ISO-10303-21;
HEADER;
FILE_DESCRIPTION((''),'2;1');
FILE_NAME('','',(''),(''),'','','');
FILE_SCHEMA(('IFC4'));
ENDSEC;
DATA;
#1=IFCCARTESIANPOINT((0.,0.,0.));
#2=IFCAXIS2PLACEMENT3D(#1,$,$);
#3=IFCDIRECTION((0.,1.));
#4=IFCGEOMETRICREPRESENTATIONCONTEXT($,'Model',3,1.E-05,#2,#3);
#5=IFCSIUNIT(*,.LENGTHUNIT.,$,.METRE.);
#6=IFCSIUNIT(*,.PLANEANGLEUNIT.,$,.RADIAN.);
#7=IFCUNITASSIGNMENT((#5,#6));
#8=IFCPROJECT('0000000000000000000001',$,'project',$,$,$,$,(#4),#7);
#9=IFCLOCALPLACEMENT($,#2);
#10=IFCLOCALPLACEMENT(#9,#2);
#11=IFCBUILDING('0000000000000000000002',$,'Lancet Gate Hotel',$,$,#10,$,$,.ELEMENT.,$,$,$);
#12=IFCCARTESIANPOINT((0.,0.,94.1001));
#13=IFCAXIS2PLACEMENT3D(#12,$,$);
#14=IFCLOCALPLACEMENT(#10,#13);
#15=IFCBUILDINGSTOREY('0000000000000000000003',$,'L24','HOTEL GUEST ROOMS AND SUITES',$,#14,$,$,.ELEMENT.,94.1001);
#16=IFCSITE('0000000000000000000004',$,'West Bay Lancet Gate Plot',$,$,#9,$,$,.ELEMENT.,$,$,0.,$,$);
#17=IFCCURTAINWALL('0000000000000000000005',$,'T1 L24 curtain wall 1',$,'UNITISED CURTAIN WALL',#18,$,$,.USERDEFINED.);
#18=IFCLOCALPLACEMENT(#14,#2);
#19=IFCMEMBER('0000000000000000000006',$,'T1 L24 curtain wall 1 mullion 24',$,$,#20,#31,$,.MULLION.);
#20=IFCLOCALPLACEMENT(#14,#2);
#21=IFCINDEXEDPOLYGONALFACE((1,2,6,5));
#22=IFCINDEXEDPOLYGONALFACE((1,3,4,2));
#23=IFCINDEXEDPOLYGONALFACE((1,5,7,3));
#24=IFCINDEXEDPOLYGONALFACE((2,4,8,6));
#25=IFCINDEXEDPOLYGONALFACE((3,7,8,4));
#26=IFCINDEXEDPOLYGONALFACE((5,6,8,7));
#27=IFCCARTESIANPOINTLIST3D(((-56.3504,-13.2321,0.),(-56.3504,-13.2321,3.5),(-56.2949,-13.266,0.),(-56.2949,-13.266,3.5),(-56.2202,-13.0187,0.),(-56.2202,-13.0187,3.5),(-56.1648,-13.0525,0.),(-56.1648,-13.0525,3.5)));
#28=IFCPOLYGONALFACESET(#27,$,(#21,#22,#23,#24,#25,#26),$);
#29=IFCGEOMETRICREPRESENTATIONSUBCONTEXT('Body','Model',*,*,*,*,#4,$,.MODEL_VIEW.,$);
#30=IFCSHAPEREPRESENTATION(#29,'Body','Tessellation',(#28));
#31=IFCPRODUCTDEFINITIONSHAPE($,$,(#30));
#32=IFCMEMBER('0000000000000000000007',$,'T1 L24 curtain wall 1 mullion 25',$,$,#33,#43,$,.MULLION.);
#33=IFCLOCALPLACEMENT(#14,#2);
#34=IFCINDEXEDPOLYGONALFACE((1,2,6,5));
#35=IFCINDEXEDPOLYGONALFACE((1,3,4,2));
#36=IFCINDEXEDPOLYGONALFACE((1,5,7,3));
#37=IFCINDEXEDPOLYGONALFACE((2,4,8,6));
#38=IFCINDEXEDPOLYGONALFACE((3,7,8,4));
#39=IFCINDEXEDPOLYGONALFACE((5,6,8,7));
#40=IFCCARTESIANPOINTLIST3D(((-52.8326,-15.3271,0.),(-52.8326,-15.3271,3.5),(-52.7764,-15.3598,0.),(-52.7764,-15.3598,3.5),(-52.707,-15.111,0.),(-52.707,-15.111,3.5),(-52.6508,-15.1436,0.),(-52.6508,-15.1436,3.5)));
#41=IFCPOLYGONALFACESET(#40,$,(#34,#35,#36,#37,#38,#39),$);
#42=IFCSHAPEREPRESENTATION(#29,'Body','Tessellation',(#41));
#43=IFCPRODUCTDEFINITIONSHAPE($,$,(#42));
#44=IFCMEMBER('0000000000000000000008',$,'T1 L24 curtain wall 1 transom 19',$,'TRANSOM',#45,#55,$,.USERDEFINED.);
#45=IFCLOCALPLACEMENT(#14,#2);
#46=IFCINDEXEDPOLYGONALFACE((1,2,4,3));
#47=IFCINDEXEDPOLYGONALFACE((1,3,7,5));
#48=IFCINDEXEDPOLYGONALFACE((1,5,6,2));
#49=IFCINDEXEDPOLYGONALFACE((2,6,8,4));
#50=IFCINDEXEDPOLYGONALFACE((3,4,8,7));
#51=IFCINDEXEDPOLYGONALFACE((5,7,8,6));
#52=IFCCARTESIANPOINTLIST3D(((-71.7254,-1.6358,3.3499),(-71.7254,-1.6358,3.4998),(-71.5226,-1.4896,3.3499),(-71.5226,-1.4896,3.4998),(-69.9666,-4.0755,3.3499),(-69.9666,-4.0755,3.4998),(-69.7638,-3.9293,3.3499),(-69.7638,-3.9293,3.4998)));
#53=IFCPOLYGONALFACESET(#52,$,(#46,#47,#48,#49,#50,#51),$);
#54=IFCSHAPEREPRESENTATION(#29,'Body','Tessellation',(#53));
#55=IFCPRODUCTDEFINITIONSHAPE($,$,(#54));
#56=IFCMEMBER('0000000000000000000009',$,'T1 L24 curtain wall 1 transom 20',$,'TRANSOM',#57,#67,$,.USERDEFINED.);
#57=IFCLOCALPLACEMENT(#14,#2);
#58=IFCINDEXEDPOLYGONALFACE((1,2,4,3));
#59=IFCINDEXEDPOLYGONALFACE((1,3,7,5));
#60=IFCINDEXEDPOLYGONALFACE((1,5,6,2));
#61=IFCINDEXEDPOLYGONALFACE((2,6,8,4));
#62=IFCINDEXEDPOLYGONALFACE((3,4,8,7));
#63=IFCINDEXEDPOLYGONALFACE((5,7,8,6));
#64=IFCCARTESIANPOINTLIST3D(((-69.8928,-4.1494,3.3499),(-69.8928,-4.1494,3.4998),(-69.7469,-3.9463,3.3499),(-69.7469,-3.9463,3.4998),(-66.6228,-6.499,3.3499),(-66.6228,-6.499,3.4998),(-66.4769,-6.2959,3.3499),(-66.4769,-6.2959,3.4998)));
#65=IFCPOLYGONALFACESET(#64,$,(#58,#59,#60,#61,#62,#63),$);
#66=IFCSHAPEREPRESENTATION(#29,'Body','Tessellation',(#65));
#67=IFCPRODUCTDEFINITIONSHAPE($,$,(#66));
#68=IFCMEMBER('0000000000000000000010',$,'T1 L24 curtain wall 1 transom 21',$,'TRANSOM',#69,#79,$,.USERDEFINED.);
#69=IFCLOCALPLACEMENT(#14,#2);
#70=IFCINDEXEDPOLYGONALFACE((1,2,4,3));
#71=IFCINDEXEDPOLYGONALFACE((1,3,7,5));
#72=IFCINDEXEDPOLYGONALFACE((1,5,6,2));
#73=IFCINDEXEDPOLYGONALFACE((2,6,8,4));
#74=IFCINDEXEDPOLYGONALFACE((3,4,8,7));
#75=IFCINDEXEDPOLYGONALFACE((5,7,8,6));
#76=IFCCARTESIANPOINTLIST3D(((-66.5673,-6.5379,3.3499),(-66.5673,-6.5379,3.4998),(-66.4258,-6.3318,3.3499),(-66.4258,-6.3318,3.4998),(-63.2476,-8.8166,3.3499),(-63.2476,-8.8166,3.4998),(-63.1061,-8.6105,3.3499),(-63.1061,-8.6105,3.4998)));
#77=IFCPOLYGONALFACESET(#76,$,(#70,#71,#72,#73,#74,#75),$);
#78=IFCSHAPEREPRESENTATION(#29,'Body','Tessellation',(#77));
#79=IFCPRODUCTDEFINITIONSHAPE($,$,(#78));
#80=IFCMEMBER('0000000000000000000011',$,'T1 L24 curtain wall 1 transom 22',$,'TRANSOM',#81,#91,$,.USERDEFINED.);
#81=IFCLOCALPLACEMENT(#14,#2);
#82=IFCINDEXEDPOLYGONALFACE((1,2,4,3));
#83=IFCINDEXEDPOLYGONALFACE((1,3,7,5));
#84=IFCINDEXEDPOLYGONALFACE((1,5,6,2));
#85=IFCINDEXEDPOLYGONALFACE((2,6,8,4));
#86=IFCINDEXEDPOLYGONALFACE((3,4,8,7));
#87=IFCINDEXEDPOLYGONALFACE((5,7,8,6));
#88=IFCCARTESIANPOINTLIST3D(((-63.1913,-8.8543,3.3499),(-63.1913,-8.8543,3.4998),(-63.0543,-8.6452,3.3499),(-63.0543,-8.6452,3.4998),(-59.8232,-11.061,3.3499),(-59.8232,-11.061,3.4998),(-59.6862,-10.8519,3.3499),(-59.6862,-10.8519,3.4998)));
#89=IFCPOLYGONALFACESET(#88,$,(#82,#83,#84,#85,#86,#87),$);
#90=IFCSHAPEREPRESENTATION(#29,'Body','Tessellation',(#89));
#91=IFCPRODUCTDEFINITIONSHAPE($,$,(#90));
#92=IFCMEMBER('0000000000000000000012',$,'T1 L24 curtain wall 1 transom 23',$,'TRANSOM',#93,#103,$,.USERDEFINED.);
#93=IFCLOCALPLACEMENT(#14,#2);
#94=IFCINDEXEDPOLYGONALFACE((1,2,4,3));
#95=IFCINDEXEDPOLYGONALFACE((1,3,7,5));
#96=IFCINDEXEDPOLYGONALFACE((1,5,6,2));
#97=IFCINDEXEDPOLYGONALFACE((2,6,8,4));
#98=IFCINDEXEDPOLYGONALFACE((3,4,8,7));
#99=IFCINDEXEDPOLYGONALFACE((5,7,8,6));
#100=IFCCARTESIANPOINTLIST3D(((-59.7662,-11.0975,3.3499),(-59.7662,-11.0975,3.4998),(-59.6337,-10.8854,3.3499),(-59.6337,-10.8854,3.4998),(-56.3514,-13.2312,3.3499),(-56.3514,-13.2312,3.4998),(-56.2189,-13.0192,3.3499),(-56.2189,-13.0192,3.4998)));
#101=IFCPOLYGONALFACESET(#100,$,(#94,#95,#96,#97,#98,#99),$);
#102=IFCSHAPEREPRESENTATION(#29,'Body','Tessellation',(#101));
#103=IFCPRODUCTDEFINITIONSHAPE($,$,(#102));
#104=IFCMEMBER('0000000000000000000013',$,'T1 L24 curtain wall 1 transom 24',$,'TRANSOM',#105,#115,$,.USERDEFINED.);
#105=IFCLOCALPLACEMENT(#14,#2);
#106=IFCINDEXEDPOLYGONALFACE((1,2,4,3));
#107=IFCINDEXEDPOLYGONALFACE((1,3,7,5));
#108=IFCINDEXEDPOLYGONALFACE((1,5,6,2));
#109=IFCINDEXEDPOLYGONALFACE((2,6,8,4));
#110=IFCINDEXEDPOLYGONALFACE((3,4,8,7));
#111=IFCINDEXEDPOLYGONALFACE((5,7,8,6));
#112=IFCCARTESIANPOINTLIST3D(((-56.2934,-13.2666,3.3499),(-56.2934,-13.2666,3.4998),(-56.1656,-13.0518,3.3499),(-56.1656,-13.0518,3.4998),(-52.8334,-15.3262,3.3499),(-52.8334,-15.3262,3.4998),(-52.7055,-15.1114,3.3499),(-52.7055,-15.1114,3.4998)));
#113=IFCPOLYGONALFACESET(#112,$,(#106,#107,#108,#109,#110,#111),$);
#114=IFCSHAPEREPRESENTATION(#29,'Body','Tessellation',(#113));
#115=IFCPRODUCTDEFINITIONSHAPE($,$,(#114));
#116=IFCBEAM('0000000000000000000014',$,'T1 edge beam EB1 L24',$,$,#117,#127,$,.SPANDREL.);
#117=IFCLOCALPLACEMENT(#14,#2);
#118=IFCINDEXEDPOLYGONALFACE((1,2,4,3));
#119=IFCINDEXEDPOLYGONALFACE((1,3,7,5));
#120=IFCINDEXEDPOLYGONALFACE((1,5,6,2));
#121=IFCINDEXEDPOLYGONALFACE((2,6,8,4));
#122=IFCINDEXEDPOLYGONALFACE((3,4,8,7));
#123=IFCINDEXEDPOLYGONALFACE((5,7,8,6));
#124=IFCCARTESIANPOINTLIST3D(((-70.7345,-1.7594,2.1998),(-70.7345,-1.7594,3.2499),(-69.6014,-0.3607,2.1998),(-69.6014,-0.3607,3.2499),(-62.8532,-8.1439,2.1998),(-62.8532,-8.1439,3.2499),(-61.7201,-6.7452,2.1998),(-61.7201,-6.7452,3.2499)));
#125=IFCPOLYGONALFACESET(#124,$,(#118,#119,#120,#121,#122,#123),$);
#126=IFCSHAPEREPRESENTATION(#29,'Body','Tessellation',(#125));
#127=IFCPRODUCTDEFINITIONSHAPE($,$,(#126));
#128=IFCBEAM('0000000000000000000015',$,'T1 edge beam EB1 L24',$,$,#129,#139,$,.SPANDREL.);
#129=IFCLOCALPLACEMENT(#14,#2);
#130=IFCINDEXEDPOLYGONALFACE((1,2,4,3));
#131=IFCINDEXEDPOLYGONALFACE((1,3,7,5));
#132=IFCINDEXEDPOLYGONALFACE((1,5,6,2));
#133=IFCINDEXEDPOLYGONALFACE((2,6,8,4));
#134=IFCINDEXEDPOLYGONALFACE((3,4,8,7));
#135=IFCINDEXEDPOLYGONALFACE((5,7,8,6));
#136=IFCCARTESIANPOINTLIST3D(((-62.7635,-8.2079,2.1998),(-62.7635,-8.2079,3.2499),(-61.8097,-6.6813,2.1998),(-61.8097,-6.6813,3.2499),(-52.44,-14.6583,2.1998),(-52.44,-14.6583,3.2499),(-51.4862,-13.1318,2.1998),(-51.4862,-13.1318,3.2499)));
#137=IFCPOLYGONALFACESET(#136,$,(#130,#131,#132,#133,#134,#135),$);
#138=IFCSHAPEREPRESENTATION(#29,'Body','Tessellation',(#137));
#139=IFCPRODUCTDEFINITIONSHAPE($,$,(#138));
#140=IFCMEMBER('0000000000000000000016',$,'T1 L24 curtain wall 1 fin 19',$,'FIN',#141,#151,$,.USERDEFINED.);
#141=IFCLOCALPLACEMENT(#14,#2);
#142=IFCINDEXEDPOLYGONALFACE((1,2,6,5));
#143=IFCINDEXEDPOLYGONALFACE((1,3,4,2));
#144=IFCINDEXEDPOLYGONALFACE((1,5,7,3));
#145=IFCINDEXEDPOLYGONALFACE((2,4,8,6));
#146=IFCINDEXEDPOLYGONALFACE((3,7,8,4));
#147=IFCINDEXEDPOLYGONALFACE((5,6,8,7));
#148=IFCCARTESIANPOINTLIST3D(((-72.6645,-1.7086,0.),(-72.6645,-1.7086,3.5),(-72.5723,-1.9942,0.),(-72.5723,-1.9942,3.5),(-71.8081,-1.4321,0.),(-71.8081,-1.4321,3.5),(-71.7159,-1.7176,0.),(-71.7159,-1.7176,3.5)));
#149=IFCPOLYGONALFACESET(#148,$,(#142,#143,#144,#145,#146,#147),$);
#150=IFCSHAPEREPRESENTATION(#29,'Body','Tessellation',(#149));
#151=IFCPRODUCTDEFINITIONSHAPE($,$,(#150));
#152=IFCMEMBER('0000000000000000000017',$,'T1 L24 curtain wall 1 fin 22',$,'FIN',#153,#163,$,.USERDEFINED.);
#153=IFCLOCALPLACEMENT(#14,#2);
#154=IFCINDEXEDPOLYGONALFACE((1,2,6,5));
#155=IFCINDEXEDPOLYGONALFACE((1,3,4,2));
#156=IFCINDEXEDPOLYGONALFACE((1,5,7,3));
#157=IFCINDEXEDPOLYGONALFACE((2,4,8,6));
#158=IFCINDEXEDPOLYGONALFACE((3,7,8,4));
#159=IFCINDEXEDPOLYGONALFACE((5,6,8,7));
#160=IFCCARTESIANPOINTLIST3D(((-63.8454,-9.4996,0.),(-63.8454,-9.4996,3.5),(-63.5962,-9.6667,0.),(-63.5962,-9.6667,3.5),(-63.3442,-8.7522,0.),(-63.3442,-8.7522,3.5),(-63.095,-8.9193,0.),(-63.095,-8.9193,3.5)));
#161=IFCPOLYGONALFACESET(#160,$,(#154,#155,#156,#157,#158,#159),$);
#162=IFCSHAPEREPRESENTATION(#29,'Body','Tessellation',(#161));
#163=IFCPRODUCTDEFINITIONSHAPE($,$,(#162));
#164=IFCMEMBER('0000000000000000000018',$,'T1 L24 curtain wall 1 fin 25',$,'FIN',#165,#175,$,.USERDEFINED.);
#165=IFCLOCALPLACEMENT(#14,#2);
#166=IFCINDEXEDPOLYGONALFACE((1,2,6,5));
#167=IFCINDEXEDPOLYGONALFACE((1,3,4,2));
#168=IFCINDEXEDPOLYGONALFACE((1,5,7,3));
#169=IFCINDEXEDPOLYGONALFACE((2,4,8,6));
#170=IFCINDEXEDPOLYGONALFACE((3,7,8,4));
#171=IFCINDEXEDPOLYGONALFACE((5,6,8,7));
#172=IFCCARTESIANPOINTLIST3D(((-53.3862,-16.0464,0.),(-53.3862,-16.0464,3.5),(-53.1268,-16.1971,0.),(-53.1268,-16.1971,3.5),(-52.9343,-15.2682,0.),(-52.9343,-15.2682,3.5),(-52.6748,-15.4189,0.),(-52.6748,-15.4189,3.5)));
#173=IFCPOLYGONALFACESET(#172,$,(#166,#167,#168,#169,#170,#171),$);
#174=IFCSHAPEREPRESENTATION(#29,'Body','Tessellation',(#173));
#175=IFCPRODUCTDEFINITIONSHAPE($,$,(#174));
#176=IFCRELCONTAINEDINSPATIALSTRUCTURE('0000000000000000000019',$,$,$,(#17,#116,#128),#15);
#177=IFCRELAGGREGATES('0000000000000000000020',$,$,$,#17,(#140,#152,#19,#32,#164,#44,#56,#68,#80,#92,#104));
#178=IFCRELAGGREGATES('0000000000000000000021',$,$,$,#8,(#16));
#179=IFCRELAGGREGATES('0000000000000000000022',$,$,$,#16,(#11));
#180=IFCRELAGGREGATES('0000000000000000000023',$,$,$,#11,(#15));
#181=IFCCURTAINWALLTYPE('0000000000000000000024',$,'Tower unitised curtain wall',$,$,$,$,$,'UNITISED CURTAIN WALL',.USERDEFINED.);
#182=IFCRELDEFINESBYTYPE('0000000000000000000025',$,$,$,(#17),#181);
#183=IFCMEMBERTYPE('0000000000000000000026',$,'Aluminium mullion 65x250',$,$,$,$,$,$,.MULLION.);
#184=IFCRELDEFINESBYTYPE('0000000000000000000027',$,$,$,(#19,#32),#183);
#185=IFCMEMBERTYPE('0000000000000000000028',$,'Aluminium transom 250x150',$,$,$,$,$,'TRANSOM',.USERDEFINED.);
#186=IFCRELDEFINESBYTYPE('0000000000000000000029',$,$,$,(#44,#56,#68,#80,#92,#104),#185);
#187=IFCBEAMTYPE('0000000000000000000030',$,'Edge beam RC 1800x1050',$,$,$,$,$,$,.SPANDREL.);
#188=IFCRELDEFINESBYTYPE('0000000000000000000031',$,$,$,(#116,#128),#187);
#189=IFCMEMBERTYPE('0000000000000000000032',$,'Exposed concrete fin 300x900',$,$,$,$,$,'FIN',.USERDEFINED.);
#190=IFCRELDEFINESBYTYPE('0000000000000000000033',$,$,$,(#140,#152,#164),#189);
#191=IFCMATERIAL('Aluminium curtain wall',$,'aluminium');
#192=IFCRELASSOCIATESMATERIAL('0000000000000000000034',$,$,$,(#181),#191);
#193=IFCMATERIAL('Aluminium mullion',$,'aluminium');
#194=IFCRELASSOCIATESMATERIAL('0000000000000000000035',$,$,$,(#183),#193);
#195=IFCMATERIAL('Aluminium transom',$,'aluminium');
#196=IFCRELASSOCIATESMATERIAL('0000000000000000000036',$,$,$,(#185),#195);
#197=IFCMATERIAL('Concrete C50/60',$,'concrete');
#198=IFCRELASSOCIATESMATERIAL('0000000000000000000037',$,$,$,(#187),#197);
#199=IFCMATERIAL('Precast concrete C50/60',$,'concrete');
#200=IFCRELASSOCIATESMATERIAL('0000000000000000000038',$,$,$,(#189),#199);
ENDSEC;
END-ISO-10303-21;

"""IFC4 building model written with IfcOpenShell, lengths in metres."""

from ifc_helpers import new_model, si_unit, direction, frame, origin, origin_2d, place, context, subcontext, project, spatial, rectangle, extrude, material, material_profile, profile_set, type_object, element, aggregate, save


model = new_model("IFC4")

# Units and contexts
model_context = context("Model", 3, precision=1e-05, world=origin(), true_north=direction((0.0, 1.0)))
body_context = subcontext(model_context, "Body", "Model", "MODEL_VIEW")
ifc_project = project(units=[si_unit("LENGTHUNIT", "METRE"), si_unit("PLANEANGLEUNIT", "RADIAN")], contexts=[model_context])

# Site, building, storey
site_placement = place(None, origin())
site = spatial("IfcSite", under=ifc_project, at=site_placement, Name="West Bay Lancet Gate Plot", CompositionType="ELEMENT", RefElevation=0.0)
building_placement = place(site_placement, origin())
building = spatial("IfcBuilding", under=site, at=building_placement, Name="Lancet Gate Hotel", CompositionType="ELEMENT")
storey_placement = place(building_placement, frame((0.0, 0.0, 94.1001)))
storey = spatial("IfcBuildingStorey", under=building, at=storey_placement, Name="L24", Description="HOTEL GUEST ROOMS AND SUITES", CompositionType="ELEMENT", Elevation=94.1001)

# Curtain wall, members
ifc_material_1 = material(Name="Aluminium curtain wall", Category="aluminium")
curtain_wall_type = type_object("IfcCurtainWallType", Name="Tower unitised curtain wall", ElementType="UNITISED CURTAIN WALL", PredefinedType="USERDEFINED", material=ifc_material_1)
curtain_wall_placement = place(storey_placement, origin())
curtain_wall = element("IfcCurtainWall", 1, at=curtain_wall_placement, inside=storey, type_object=curtain_wall_type, Name="T1 L24 curtain wall 1", ObjectType="UNITISED CURTAIN WALL", PredefinedType="USERDEFINED")
ifc_material_2 = material(Name="Aluminium mullion", Category="aluminium")
ifc_material_profile_1 = material_profile(ifc_material_2, rectangle(XDim=0.0649, YDim=0.25, at=origin_2d()), Name="MULLION 65x250")
ifc_profile_set_1 = profile_set([ifc_material_profile_1], Name="Aluminium mullion")
member_type_1 = type_object("IfcMemberType", Name="Aluminium mullion 65x250", PredefinedType="MULLION", material=ifc_profile_set_1)
member_1_placement = place(storey_placement, frame((-56.2576, -13.1423, 0.0), z_axis=(0.0, 0.0, 1.0), x_axis=(0.853716, -0.520739, 0.0)))
member_1 = element("IfcMember", 2, at=member_1_placement, type_object=member_type_1, Name="T1 L24 curtain wall 1 mullion 24", PredefinedType="MULLION", context=body_context, shape_type="SweptSolid", body=[
    extrude(rectangle(XDim=0.0649, YDim=0.25, at=origin_2d()), origin(), (0.0, 0.0, 1.0), 3.5),
])
member_2_placement = place(storey_placement, frame((-52.7417, -15.2354, 0.0), z_axis=(0.0, 0.0, 1.0), x_axis=(0.864728, -0.502241, 0.0)))
member_2 = element("IfcMember", 3, at=member_2_placement, type_object=member_type_1, Name="T1 L24 curtain wall 1 mullion 25", PredefinedType="MULLION", context=body_context, shape_type="SweptSolid", body=[
    extrude(rectangle(XDim=0.0649, YDim=0.25, at=origin_2d()), origin(), (0.0, 0.0, 1.0), 3.5),
])
ifc_material_3 = material(Name="Aluminium transom", Category="aluminium")
ifc_material_profile_2 = material_profile(ifc_material_3, rectangle(XDim=0.25, YDim=0.1499, at=origin_2d()), Name="TRANSOM 250x150")
ifc_profile_set_2 = profile_set([ifc_material_profile_2], Name="Aluminium transom")
member_type_2 = type_object("IfcMemberType", Name="Aluminium transom 250x150", ElementType="TRANSOM", PredefinedType="USERDEFINED", material=ifc_profile_set_2)
member_3_placement = place(storey_placement, frame((-71.624, -1.5627, 3.4248), z_axis=(0.584788, -0.811186, 0.0), x_axis=(0.811186, 0.584788, 0.0)))
member_3 = element("IfcMember", 4, at=member_3_placement, type_object=member_type_2, Name="T1 L24 curtain wall 1 transom 19", ObjectType="TRANSOM", PredefinedType="USERDEFINED", context=body_context, shape_type="SweptSolid", body=[
    extrude(rectangle(XDim=0.25, YDim=0.1499, at=origin_2d()), origin(), (0.0, 0.0, 1.0), 3.0076),
])
member_4_placement = place(storey_placement, frame((-69.8198, -4.0479, 3.4248), z_axis=(0.8121, -0.583519, 0.0), x_axis=(0.583519, 0.8121, 0.0)))
member_4 = element("IfcMember", 5, at=member_4_placement, type_object=member_type_2, Name="T1 L24 curtain wall 1 transom 20", ObjectType="TRANSOM", PredefinedType="USERDEFINED", context=body_context, shape_type="SweptSolid", body=[
    extrude(rectangle(XDim=0.25, YDim=0.1499, at=origin_2d()), origin(), (0.0, 0.0, 1.0), 4.0266),
])
member_5_placement = place(storey_placement, frame((-66.4966, -6.4348, 3.4248), z_axis=(0.824456, -0.565927, 0.0), x_axis=(0.565927, 0.824456, 0.0)))
member_5 = element("IfcMember", 6, at=member_5_placement, type_object=member_type_2, Name="T1 L24 curtain wall 1 transom 21", ObjectType="TRANSOM", PredefinedType="USERDEFINED", context=body_context, shape_type="SweptSolid", body=[
    extrude(rectangle(XDim=0.25, YDim=0.1499, at=origin_2d()), origin(), (0.0, 0.0, 1.0), 4.0266),
])
member_6_placement = place(storey_placement, frame((-63.1228, -8.7498, 3.4248), z_axis=(0.836454, -0.548036, 0.0), x_axis=(0.548036, 0.836454, 0.0)))
member_6 = element("IfcMember", 7, at=member_6_placement, type_object=member_type_2, Name="T1 L24 curtain wall 1 transom 22", ObjectType="TRANSOM", PredefinedType="USERDEFINED", context=body_context, shape_type="SweptSolid", body=[
    extrude(rectangle(XDim=0.25, YDim=0.1499, at=origin_2d()), origin(), (0.0, 0.0, 1.0), 4.0266),
])
member_7_placement = place(storey_placement, frame((-59.7, -10.9915, 3.4248), z_axis=(0.848049, -0.529917, 0.0), x_axis=(0.529917, 0.848049, 0.0)))
member_7 = element("IfcMember", 8, at=member_7_placement, type_object=member_type_2, Name="T1 L24 curtain wall 1 transom 23", ObjectType="TRANSOM", PredefinedType="USERDEFINED", context=body_context, shape_type="SweptSolid", body=[
    extrude(rectangle(XDim=0.25, YDim=0.1499, at=origin_2d()), origin(), (0.0, 0.0, 1.0), 4.0266),
])
member_8_placement = place(storey_placement, frame((-56.2295, -13.1592, 3.4248), z_axis=(0.859285, -0.511497, 0.0), x_axis=(0.511497, 0.859285, 0.0)))
member_8 = element("IfcMember", 9, at=member_8_placement, type_object=member_type_2, Name="T1 L24 curtain wall 1 transom 24", ObjectType="TRANSOM", PredefinedType="USERDEFINED", context=body_context, shape_type="SweptSolid", body=[
    extrude(rectangle(XDim=0.25, YDim=0.1499, at=origin_2d()), origin(), (0.0, 0.0, 1.0), 4.0266),
])

# Beams
ifc_material_4 = material(Name="Concrete C50/60", Category="concrete")
ifc_material_profile_3 = material_profile(ifc_material_4, rectangle(XDim=1.8, YDim=1.05, at=origin_2d()), Name="RC 1800x1050")
ifc_profile_set_3 = profile_set([ifc_material_profile_3], Name="Concrete C50/60")
beam_type_1 = type_object("IfcBeamType", Name="Edge beam RC 1800x1050", PredefinedType="SPANDREL", material=ifc_profile_set_3)
beam_1_placement = place(storey_placement, frame((-70.168, -1.0601, 2.7249), z_axis=(0.777034, -0.629459, 0.0), x_axis=(0.629459, 0.777034, 0.0)))
element("IfcBeam", 10, at=beam_1_placement, inside=storey, type_object=beam_type_1, Name="T1 edge beam EB1 L24", PredefinedType="SPANDREL", context=body_context, shape_type="SweptSolid", body=[
    extrude(rectangle(XDim=1.8, YDim=1.05, at=origin_2d()), origin(), (0.0, 0.0, 1.0), 10.1428),
])
beam_2_placement = place(storey_placement, frame((-62.2866, -7.4446, 2.7249), z_axis=(0.848063, -0.529896, 0.0), x_axis=(0.529896, 0.848063, 0.0)))
element("IfcBeam", 11, at=beam_2_placement, inside=storey, type_object=beam_type_1, Name="T1 edge beam EB1 L24", PredefinedType="SPANDREL", context=body_context, shape_type="SweptSolid", body=[
    extrude(rectangle(XDim=1.8, YDim=1.05, at=origin_2d()), origin(), (0.0, 0.0, 1.0), 12.1731),
])

# Members
ifc_material_5 = material(Name="Precast concrete C50/60", Category="concrete")
ifc_material_profile_4 = material_profile(ifc_material_5, rectangle(XDim=0.3, YDim=0.8999, at=origin_2d()), Name="FIN 300x900")
ifc_profile_set_4 = profile_set([ifc_material_profile_4], Name="Precast concrete C50/60")
member_type_3 = type_object("IfcMemberType", Name="Exposed concrete fin 300x900", ElementType="FIN", PredefinedType="USERDEFINED", material=ifc_profile_set_4)
member_9_placement = place(storey_placement, frame((-72.1902, -1.7131, 0.0), z_axis=(0.0, 0.0, 1.0), x_axis=(0.307269, -0.951623, 0.0)))
member_9 = element("IfcMember", 12, at=member_9_placement, type_object=member_type_3, Name="T1 L24 curtain wall 1 fin 19", ObjectType="FIN", PredefinedType="USERDEFINED", context=body_context, shape_type="SweptSolid", body=[
    extrude(rectangle(XDim=0.3, YDim=0.8999, at=origin_2d()), origin(), (0.0, 0.0, 1.0), 3.5),
])
member_10_placement = place(storey_placement, frame((-63.4702, -9.2095, 0.0), z_axis=(0.0, 0.0, 1.0), x_axis=(0.83051, -0.557004, 0.0)))
member_10 = element("IfcMember", 13, at=member_10_placement, type_object=member_type_3, Name="T1 L24 curtain wall 1 fin 22", ObjectType="FIN", PredefinedType="USERDEFINED", context=body_context, shape_type="SweptSolid", body=[
    extrude(rectangle(XDim=0.3, YDim=0.8999, at=origin_2d()), origin(), (0.0, 0.0, 1.0), 3.5),
])
member_11_placement = place(storey_placement, frame((-53.0305, -15.7327, 0.0), z_axis=(0.0, 0.0, 1.0), x_axis=(0.864728, -0.502241, 0.0)))
member_11 = element("IfcMember", 14, at=member_11_placement, type_object=member_type_3, Name="T1 L24 curtain wall 1 fin 25", ObjectType="FIN", PredefinedType="USERDEFINED", context=body_context, shape_type="SweptSolid", body=[
    extrude(rectangle(XDim=0.3, YDim=0.8999, at=origin_2d()), origin(), (0.0, 0.0, 1.0), 3.5),
])

aggregate(curtain_wall, [member_9, member_10, member_1, member_2, member_11, member_3, member_4, member_5, member_6, member_7, member_8])

save(model, "model.ifc")
